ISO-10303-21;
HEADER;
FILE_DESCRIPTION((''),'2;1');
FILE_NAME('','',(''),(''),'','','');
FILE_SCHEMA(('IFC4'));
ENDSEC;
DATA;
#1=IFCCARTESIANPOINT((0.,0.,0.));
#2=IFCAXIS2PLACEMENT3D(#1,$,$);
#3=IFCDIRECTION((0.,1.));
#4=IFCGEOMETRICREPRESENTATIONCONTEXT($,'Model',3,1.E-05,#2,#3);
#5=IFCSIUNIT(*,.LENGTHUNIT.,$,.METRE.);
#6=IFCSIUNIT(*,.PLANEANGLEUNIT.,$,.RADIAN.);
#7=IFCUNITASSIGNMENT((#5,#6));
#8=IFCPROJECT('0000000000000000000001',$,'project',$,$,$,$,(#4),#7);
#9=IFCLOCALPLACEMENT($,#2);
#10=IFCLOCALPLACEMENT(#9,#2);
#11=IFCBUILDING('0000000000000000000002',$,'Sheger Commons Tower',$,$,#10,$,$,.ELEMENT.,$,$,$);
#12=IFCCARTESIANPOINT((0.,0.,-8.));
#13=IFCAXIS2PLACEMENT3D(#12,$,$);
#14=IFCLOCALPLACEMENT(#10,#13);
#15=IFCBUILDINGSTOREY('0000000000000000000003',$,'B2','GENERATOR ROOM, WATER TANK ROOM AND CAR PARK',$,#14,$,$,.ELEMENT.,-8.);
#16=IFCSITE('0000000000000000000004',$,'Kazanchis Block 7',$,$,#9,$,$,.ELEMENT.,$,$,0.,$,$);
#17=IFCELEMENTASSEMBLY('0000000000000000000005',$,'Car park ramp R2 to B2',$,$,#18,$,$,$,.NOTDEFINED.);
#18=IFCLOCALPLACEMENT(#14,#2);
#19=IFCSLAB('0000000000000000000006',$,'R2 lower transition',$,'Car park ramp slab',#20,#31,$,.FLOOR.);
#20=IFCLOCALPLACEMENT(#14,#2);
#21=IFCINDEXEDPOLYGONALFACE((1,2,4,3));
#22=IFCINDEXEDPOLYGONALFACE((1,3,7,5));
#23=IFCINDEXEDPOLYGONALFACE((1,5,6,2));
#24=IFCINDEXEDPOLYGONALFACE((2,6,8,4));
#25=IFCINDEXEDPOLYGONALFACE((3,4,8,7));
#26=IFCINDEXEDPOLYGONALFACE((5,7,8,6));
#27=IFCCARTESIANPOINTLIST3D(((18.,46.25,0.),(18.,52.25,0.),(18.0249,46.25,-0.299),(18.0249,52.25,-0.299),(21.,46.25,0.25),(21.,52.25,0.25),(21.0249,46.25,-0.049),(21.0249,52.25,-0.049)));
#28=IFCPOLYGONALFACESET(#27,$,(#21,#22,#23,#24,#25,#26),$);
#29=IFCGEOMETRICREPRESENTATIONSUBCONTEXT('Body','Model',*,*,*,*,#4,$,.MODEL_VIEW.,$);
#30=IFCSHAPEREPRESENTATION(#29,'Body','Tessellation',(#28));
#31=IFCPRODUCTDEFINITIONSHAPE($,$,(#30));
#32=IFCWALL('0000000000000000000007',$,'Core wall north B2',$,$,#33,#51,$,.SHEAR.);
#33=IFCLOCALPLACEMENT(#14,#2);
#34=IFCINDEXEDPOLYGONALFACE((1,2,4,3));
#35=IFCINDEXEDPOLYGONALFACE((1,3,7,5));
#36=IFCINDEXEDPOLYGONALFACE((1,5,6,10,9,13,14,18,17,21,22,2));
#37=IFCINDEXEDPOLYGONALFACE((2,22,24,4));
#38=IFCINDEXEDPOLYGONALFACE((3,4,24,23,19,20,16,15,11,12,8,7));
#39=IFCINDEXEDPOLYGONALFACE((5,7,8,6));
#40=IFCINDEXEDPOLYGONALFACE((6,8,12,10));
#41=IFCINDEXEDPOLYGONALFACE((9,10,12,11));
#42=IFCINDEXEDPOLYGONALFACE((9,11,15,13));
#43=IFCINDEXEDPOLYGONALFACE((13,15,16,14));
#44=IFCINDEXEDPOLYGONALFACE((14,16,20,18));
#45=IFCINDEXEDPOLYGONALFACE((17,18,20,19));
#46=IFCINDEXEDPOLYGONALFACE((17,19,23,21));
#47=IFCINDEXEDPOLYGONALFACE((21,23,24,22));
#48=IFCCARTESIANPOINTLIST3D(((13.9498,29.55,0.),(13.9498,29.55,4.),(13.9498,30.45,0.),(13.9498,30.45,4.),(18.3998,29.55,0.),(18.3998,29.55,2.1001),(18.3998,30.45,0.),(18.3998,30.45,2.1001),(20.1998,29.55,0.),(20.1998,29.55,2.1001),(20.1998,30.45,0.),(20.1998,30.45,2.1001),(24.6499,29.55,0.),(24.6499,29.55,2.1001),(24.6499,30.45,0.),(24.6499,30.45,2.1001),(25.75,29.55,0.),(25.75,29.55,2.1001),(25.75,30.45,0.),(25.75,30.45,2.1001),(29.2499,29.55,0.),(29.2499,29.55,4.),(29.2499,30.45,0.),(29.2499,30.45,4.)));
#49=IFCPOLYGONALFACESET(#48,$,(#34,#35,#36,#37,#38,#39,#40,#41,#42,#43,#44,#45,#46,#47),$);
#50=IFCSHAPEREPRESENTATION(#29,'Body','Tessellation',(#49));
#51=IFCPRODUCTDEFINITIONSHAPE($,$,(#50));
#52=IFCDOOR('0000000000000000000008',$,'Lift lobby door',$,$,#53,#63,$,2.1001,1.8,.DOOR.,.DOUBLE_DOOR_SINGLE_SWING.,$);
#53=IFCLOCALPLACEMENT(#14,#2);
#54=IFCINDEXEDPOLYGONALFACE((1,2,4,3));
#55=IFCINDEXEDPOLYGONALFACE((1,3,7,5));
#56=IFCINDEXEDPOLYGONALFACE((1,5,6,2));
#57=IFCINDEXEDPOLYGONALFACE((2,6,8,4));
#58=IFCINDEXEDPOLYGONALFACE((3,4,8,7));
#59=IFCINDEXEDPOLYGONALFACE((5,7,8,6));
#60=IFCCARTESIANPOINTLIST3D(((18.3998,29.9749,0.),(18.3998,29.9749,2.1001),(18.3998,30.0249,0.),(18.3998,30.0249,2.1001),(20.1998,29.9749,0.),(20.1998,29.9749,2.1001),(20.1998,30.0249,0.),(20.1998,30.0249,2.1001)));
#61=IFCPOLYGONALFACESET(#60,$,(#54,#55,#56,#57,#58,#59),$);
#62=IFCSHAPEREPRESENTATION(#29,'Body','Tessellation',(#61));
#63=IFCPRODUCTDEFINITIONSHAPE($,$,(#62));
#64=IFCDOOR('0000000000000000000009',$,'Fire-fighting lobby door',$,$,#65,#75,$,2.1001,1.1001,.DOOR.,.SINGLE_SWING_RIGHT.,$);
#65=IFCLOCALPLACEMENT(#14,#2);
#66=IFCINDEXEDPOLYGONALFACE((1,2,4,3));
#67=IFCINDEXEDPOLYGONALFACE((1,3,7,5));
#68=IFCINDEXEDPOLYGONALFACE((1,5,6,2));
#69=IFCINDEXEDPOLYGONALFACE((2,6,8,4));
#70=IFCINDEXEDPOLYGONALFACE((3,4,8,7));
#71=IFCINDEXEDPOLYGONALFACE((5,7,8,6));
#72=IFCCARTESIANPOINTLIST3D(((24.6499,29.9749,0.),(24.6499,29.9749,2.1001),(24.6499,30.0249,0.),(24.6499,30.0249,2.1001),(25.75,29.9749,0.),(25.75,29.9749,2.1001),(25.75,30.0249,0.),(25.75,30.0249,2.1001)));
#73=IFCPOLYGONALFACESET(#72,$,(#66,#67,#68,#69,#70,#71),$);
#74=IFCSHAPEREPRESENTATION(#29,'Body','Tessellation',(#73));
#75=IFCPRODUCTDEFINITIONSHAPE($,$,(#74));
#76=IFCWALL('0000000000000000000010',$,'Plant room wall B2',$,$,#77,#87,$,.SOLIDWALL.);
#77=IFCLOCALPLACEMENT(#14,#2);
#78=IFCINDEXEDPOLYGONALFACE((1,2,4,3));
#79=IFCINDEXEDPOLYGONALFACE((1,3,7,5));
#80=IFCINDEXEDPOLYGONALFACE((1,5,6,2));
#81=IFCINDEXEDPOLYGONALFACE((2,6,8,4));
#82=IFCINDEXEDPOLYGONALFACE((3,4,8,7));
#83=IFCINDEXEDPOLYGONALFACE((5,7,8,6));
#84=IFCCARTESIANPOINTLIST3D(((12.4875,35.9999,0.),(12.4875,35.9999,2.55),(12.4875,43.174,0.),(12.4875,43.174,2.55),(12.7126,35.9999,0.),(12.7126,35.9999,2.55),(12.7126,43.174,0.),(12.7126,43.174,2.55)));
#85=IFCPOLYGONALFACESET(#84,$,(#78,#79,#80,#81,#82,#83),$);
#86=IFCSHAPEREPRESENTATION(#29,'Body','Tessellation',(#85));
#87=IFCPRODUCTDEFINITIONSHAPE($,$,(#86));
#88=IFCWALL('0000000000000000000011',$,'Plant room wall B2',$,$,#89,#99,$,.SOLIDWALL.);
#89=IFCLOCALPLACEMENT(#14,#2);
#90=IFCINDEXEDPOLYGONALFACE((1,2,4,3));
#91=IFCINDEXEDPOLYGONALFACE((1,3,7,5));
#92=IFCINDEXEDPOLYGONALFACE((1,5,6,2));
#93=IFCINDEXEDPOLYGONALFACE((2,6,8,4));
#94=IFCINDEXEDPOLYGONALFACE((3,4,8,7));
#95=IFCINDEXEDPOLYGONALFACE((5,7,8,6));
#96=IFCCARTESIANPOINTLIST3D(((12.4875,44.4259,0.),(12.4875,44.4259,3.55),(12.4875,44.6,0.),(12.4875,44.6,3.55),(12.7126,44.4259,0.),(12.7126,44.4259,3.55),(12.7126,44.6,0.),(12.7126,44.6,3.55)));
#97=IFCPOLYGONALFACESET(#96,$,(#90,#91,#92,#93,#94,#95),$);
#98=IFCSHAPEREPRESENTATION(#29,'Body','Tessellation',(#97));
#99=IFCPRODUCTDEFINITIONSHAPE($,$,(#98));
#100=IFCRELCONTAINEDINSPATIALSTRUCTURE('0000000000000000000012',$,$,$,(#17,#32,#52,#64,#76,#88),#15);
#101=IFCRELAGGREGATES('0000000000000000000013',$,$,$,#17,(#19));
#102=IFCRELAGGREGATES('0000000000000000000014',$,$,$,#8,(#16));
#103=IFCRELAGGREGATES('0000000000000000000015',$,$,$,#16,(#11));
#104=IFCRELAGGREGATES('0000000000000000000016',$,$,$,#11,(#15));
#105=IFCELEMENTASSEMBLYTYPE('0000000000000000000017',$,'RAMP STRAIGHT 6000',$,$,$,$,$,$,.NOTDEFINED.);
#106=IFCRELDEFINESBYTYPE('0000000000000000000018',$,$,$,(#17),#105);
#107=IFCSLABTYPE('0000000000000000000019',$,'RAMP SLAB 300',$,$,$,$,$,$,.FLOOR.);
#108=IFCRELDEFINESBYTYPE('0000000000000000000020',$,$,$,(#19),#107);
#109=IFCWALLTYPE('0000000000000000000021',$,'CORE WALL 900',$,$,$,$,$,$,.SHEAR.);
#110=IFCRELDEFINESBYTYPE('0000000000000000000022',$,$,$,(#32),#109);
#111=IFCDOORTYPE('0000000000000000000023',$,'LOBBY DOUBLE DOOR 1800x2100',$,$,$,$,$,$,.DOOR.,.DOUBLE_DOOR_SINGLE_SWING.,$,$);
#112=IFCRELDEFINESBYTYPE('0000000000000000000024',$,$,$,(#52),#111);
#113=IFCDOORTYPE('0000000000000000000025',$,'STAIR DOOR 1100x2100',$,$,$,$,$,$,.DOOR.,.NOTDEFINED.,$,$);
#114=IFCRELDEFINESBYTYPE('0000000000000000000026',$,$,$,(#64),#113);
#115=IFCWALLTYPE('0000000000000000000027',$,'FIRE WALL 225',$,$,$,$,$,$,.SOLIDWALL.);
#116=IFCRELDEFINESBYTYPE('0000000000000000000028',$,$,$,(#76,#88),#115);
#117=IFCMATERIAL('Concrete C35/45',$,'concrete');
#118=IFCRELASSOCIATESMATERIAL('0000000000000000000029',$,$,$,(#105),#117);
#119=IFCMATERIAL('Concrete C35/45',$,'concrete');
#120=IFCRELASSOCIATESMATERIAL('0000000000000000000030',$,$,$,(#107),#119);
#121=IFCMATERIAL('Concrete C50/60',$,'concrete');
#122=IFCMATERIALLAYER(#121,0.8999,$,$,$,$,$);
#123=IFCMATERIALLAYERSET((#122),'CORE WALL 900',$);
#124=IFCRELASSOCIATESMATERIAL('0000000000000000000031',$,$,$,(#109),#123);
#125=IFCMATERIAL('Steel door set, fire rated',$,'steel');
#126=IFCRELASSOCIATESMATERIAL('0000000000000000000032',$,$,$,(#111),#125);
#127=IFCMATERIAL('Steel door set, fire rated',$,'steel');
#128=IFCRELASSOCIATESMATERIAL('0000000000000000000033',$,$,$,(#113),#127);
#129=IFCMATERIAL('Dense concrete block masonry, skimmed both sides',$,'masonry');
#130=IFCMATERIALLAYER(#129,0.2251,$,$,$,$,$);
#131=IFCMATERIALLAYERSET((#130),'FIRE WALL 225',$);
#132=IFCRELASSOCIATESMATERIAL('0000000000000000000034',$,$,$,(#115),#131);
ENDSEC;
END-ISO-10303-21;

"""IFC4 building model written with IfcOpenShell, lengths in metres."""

from ifc_helpers import new_model, si_unit, direction, frame, frame_2d, origin, place, context, subcontext, project, spatial, polyline, rectangle, outline, extrude, material, layer, layer_set, type_object, element, fill, aggregate, save


model = new_model("IFC4")

# Units and contexts
model_context = context("Model", 3, precision=1e-05, world=origin(), true_north=direction((0.0, 1.0)))
body_context = subcontext(model_context, "Body", "Model", "MODEL_VIEW")
ifc_project = project(units=[si_unit("LENGTHUNIT", "METRE"), si_unit("PLANEANGLEUNIT", "RADIAN")], contexts=[model_context])

# Site, building, storey
site_placement = place(None, origin())
site = spatial("IfcSite", under=ifc_project, at=site_placement, Name="Kazanchis Block 7", CompositionType="ELEMENT", RefElevation=0.0)
building_placement = place(site_placement, origin())
building = spatial("IfcBuilding", under=site, at=building_placement, Name="Sheger Commons Tower", CompositionType="ELEMENT")
storey_placement = place(building_placement, frame((0.0, 0.0, -8.0)))
storey = spatial("IfcBuildingStorey", under=building, at=storey_placement, Name="B2", Description="GENERATOR ROOM, WATER TANK ROOM AND CAR PARK", CompositionType="ELEMENT", Elevation=-8.0)

# Element assembly, slab
ifc_material_1 = material(Name="Concrete C35/45", Category="concrete")
element_assembly_type = type_object("IfcElementAssemblyType", Name="RAMP STRAIGHT 6000", PredefinedType="NOTDEFINED", material=ifc_material_1)
assembly_placement = place(storey_placement, origin())
assembly = element("IfcElementAssembly", 1, at=assembly_placement, inside=storey, type_object=element_assembly_type, Name="Car park ramp R2 to B2", PredefinedType="NOTDEFINED")
ifc_material_2 = material(Name="Concrete C35/45", Category="concrete")
slab_type = type_object("IfcSlabType", Name="RAMP SLAB 300", PredefinedType="FLOOR", material=ifc_material_2)
slab_placement = place(storey_placement, frame((18.0, 46.25, 0.0), z_axis=(-0.083045, 0.0, 0.996546), x_axis=(0.0, 1.0, 0.0)))
slab = element("IfcSlab", 2, at=slab_placement, type_object=slab_type, Name="R2 lower transition", ObjectType="Car park ramp slab", PredefinedType="FLOOR", context=body_context, shape_type="SweptSolid", body=[
    extrude(outline(polyline([(0.0, 0.0), (6.0, 0.0), (6.0, -3.0104), (0.0, -3.0104), (0.0, 0.0)])), origin(), (0.0, 0.0, -1.0), 0.3),
])
aggregate(assembly, [slab])

# Wall, openings, doors
ifc_material_3 = material(Name="Concrete C50/60", Category="concrete")
ifc_layer_1 = layer(ifc_material_3, 0.8999)
ifc_layer_set_1 = layer_set([ifc_layer_1], Name="CORE WALL 900")
wall_type_1 = type_object("IfcWallType", Name="CORE WALL 900", PredefinedType="SHEAR", material=ifc_layer_set_1)
wall_1_placement = place(storey_placement, frame((13.95, 30.0, 0.0), z_axis=(0.0, 0.0, 1.0), x_axis=(1.0, 0.0, 0.0)))
wall_1 = element("IfcWall", 3, at=wall_1_placement, inside=storey, type_object=wall_type_1, Name="Core wall north B2", PredefinedType="SHEAR", context=body_context, shape_type="SweptSolid", body=[
    extrude(rectangle(XDim=15.3, YDim=0.8999, at=frame_2d((7.6499, 0.0))), origin(), (0.0, 0.0, 1.0), 4.0),
])
opening_1_placement = place(wall_1_placement, frame((4.45, 0.0, 0.0)))
opening_1 = element("IfcOpeningElement", 4, at=opening_1_placement, cuts=wall_1, PredefinedType="OPENING", context=body_context, shape_type="SweptSolid", body=[
    extrude(rectangle(XDim=1.8, YDim=2.1001, at=frame_2d((0.8999, 1.05))), frame((0.0, 0.46, 0.0), z_axis=(0.0, -1.0, 0.0), x_axis=(1.0, 0.0, 0.0)), (0.0, 0.0, 1.0), 0.9199),
])
opening_2_placement = place(wall_1_placement, frame((10.7, 0.0, 0.0)))
opening_2 = element("IfcOpeningElement", 5, at=opening_2_placement, cuts=wall_1, PredefinedType="OPENING", context=body_context, shape_type="SweptSolid", body=[
    extrude(rectangle(XDim=1.1001, YDim=2.1001, at=frame_2d((0.55, 1.05))), frame((0.0, 0.46, 0.0), z_axis=(0.0, -1.0, 0.0), x_axis=(1.0, 0.0, 0.0)), (0.0, 0.0, 1.0), 0.9199),
])
ifc_material_4 = material(Name="Steel door set, fire rated", Category="steel")
door_type_1 = type_object("IfcDoorType", Name="LOBBY DOUBLE DOOR 1800x2100", OperationType="DOUBLE_DOOR_SINGLE_SWING", PredefinedType="DOOR", material=ifc_material_4)
door_1_placement = place(opening_1_placement, origin())
door_1 = element("IfcDoor", 6, at=door_1_placement, inside=storey, type_object=door_type_1, Name="Lift lobby door", OperationType="DOUBLE_DOOR_SINGLE_SWING", OverallHeight=2.1001, OverallWidth=1.8, PredefinedType="DOOR", context=body_context, shape_type="SweptSolid", body=[
    extrude(rectangle(XDim=1.8, YDim=2.1001, at=frame_2d((0.8999, 1.05))), frame((0.0, 0.0249, 0.0), z_axis=(0.0, -1.0, 0.0), x_axis=(1.0, 0.0, 0.0)), (0.0, 0.0, 1.0), 0.05),
])
fill(opening_1, door_1)
ifc_material_5 = material(Name="Steel door set, fire rated", Category="steel")
door_type_2 = type_object("IfcDoorType", Name="STAIR DOOR 1100x2100", OperationType="NOTDEFINED", PredefinedType="DOOR", material=ifc_material_5)
door_2_placement = place(opening_2_placement, origin())
door_2 = element("IfcDoor", 7, at=door_2_placement, inside=storey, type_object=door_type_2, Name="Fire-fighting lobby door", OperationType="SINGLE_SWING_RIGHT", OverallHeight=2.1001, OverallWidth=1.1001, PredefinedType="DOOR", context=body_context, shape_type="SweptSolid", body=[
    extrude(rectangle(XDim=1.1001, YDim=2.1001, at=frame_2d((0.55, 1.05))), frame((0.0, 0.0249, 0.0), z_axis=(0.0, -1.0, 0.0), x_axis=(1.0, 0.0, 0.0)), (0.0, 0.0, 1.0), 0.05),
])
fill(opening_2, door_2)

# Walls
ifc_material_6 = material(Name="Dense concrete block masonry, skimmed both sides", Category="masonry")
ifc_layer_2 = layer(ifc_material_6, 0.2251)
ifc_layer_set_2 = layer_set([ifc_layer_2], Name="FIRE WALL 225")
wall_type_2 = type_object("IfcWallType", Name="FIRE WALL 225", PredefinedType="SOLIDWALL", material=ifc_layer_set_2)
wall_2_placement = place(storey_placement, frame((12.6001, 36.0, 0.0), z_axis=(0.0, 0.0, 1.0), x_axis=(0.0, 1.0, 0.0)))
element("IfcWall", 8, at=wall_2_placement, inside=storey, type_object=wall_type_2, Name="Plant room wall B2", PredefinedType="SOLIDWALL", context=body_context, shape_type="SweptSolid", body=[
    extrude(rectangle(XDim=7.1741, YDim=0.2251, at=frame_2d((3.5869, 0.0))), origin(), (0.0, 0.0, 1.0), 2.55),
])
wall_3_placement = place(storey_placement, frame((12.6001, 44.426, 0.0), z_axis=(0.0, 0.0, 1.0), x_axis=(0.0, 1.0, 0.0)))
element("IfcWall", 9, at=wall_3_placement, inside=storey, type_object=wall_type_2, Name="Plant room wall B2", PredefinedType="SOLIDWALL", context=body_context, shape_type="SweptSolid", body=[
    extrude(rectangle(XDim=0.1741, YDim=0.2251, at=frame_2d((0.0869, 0.0))), origin(), (0.0, 0.0, 1.0), 3.55),
])

save(model, "model.ifc")
